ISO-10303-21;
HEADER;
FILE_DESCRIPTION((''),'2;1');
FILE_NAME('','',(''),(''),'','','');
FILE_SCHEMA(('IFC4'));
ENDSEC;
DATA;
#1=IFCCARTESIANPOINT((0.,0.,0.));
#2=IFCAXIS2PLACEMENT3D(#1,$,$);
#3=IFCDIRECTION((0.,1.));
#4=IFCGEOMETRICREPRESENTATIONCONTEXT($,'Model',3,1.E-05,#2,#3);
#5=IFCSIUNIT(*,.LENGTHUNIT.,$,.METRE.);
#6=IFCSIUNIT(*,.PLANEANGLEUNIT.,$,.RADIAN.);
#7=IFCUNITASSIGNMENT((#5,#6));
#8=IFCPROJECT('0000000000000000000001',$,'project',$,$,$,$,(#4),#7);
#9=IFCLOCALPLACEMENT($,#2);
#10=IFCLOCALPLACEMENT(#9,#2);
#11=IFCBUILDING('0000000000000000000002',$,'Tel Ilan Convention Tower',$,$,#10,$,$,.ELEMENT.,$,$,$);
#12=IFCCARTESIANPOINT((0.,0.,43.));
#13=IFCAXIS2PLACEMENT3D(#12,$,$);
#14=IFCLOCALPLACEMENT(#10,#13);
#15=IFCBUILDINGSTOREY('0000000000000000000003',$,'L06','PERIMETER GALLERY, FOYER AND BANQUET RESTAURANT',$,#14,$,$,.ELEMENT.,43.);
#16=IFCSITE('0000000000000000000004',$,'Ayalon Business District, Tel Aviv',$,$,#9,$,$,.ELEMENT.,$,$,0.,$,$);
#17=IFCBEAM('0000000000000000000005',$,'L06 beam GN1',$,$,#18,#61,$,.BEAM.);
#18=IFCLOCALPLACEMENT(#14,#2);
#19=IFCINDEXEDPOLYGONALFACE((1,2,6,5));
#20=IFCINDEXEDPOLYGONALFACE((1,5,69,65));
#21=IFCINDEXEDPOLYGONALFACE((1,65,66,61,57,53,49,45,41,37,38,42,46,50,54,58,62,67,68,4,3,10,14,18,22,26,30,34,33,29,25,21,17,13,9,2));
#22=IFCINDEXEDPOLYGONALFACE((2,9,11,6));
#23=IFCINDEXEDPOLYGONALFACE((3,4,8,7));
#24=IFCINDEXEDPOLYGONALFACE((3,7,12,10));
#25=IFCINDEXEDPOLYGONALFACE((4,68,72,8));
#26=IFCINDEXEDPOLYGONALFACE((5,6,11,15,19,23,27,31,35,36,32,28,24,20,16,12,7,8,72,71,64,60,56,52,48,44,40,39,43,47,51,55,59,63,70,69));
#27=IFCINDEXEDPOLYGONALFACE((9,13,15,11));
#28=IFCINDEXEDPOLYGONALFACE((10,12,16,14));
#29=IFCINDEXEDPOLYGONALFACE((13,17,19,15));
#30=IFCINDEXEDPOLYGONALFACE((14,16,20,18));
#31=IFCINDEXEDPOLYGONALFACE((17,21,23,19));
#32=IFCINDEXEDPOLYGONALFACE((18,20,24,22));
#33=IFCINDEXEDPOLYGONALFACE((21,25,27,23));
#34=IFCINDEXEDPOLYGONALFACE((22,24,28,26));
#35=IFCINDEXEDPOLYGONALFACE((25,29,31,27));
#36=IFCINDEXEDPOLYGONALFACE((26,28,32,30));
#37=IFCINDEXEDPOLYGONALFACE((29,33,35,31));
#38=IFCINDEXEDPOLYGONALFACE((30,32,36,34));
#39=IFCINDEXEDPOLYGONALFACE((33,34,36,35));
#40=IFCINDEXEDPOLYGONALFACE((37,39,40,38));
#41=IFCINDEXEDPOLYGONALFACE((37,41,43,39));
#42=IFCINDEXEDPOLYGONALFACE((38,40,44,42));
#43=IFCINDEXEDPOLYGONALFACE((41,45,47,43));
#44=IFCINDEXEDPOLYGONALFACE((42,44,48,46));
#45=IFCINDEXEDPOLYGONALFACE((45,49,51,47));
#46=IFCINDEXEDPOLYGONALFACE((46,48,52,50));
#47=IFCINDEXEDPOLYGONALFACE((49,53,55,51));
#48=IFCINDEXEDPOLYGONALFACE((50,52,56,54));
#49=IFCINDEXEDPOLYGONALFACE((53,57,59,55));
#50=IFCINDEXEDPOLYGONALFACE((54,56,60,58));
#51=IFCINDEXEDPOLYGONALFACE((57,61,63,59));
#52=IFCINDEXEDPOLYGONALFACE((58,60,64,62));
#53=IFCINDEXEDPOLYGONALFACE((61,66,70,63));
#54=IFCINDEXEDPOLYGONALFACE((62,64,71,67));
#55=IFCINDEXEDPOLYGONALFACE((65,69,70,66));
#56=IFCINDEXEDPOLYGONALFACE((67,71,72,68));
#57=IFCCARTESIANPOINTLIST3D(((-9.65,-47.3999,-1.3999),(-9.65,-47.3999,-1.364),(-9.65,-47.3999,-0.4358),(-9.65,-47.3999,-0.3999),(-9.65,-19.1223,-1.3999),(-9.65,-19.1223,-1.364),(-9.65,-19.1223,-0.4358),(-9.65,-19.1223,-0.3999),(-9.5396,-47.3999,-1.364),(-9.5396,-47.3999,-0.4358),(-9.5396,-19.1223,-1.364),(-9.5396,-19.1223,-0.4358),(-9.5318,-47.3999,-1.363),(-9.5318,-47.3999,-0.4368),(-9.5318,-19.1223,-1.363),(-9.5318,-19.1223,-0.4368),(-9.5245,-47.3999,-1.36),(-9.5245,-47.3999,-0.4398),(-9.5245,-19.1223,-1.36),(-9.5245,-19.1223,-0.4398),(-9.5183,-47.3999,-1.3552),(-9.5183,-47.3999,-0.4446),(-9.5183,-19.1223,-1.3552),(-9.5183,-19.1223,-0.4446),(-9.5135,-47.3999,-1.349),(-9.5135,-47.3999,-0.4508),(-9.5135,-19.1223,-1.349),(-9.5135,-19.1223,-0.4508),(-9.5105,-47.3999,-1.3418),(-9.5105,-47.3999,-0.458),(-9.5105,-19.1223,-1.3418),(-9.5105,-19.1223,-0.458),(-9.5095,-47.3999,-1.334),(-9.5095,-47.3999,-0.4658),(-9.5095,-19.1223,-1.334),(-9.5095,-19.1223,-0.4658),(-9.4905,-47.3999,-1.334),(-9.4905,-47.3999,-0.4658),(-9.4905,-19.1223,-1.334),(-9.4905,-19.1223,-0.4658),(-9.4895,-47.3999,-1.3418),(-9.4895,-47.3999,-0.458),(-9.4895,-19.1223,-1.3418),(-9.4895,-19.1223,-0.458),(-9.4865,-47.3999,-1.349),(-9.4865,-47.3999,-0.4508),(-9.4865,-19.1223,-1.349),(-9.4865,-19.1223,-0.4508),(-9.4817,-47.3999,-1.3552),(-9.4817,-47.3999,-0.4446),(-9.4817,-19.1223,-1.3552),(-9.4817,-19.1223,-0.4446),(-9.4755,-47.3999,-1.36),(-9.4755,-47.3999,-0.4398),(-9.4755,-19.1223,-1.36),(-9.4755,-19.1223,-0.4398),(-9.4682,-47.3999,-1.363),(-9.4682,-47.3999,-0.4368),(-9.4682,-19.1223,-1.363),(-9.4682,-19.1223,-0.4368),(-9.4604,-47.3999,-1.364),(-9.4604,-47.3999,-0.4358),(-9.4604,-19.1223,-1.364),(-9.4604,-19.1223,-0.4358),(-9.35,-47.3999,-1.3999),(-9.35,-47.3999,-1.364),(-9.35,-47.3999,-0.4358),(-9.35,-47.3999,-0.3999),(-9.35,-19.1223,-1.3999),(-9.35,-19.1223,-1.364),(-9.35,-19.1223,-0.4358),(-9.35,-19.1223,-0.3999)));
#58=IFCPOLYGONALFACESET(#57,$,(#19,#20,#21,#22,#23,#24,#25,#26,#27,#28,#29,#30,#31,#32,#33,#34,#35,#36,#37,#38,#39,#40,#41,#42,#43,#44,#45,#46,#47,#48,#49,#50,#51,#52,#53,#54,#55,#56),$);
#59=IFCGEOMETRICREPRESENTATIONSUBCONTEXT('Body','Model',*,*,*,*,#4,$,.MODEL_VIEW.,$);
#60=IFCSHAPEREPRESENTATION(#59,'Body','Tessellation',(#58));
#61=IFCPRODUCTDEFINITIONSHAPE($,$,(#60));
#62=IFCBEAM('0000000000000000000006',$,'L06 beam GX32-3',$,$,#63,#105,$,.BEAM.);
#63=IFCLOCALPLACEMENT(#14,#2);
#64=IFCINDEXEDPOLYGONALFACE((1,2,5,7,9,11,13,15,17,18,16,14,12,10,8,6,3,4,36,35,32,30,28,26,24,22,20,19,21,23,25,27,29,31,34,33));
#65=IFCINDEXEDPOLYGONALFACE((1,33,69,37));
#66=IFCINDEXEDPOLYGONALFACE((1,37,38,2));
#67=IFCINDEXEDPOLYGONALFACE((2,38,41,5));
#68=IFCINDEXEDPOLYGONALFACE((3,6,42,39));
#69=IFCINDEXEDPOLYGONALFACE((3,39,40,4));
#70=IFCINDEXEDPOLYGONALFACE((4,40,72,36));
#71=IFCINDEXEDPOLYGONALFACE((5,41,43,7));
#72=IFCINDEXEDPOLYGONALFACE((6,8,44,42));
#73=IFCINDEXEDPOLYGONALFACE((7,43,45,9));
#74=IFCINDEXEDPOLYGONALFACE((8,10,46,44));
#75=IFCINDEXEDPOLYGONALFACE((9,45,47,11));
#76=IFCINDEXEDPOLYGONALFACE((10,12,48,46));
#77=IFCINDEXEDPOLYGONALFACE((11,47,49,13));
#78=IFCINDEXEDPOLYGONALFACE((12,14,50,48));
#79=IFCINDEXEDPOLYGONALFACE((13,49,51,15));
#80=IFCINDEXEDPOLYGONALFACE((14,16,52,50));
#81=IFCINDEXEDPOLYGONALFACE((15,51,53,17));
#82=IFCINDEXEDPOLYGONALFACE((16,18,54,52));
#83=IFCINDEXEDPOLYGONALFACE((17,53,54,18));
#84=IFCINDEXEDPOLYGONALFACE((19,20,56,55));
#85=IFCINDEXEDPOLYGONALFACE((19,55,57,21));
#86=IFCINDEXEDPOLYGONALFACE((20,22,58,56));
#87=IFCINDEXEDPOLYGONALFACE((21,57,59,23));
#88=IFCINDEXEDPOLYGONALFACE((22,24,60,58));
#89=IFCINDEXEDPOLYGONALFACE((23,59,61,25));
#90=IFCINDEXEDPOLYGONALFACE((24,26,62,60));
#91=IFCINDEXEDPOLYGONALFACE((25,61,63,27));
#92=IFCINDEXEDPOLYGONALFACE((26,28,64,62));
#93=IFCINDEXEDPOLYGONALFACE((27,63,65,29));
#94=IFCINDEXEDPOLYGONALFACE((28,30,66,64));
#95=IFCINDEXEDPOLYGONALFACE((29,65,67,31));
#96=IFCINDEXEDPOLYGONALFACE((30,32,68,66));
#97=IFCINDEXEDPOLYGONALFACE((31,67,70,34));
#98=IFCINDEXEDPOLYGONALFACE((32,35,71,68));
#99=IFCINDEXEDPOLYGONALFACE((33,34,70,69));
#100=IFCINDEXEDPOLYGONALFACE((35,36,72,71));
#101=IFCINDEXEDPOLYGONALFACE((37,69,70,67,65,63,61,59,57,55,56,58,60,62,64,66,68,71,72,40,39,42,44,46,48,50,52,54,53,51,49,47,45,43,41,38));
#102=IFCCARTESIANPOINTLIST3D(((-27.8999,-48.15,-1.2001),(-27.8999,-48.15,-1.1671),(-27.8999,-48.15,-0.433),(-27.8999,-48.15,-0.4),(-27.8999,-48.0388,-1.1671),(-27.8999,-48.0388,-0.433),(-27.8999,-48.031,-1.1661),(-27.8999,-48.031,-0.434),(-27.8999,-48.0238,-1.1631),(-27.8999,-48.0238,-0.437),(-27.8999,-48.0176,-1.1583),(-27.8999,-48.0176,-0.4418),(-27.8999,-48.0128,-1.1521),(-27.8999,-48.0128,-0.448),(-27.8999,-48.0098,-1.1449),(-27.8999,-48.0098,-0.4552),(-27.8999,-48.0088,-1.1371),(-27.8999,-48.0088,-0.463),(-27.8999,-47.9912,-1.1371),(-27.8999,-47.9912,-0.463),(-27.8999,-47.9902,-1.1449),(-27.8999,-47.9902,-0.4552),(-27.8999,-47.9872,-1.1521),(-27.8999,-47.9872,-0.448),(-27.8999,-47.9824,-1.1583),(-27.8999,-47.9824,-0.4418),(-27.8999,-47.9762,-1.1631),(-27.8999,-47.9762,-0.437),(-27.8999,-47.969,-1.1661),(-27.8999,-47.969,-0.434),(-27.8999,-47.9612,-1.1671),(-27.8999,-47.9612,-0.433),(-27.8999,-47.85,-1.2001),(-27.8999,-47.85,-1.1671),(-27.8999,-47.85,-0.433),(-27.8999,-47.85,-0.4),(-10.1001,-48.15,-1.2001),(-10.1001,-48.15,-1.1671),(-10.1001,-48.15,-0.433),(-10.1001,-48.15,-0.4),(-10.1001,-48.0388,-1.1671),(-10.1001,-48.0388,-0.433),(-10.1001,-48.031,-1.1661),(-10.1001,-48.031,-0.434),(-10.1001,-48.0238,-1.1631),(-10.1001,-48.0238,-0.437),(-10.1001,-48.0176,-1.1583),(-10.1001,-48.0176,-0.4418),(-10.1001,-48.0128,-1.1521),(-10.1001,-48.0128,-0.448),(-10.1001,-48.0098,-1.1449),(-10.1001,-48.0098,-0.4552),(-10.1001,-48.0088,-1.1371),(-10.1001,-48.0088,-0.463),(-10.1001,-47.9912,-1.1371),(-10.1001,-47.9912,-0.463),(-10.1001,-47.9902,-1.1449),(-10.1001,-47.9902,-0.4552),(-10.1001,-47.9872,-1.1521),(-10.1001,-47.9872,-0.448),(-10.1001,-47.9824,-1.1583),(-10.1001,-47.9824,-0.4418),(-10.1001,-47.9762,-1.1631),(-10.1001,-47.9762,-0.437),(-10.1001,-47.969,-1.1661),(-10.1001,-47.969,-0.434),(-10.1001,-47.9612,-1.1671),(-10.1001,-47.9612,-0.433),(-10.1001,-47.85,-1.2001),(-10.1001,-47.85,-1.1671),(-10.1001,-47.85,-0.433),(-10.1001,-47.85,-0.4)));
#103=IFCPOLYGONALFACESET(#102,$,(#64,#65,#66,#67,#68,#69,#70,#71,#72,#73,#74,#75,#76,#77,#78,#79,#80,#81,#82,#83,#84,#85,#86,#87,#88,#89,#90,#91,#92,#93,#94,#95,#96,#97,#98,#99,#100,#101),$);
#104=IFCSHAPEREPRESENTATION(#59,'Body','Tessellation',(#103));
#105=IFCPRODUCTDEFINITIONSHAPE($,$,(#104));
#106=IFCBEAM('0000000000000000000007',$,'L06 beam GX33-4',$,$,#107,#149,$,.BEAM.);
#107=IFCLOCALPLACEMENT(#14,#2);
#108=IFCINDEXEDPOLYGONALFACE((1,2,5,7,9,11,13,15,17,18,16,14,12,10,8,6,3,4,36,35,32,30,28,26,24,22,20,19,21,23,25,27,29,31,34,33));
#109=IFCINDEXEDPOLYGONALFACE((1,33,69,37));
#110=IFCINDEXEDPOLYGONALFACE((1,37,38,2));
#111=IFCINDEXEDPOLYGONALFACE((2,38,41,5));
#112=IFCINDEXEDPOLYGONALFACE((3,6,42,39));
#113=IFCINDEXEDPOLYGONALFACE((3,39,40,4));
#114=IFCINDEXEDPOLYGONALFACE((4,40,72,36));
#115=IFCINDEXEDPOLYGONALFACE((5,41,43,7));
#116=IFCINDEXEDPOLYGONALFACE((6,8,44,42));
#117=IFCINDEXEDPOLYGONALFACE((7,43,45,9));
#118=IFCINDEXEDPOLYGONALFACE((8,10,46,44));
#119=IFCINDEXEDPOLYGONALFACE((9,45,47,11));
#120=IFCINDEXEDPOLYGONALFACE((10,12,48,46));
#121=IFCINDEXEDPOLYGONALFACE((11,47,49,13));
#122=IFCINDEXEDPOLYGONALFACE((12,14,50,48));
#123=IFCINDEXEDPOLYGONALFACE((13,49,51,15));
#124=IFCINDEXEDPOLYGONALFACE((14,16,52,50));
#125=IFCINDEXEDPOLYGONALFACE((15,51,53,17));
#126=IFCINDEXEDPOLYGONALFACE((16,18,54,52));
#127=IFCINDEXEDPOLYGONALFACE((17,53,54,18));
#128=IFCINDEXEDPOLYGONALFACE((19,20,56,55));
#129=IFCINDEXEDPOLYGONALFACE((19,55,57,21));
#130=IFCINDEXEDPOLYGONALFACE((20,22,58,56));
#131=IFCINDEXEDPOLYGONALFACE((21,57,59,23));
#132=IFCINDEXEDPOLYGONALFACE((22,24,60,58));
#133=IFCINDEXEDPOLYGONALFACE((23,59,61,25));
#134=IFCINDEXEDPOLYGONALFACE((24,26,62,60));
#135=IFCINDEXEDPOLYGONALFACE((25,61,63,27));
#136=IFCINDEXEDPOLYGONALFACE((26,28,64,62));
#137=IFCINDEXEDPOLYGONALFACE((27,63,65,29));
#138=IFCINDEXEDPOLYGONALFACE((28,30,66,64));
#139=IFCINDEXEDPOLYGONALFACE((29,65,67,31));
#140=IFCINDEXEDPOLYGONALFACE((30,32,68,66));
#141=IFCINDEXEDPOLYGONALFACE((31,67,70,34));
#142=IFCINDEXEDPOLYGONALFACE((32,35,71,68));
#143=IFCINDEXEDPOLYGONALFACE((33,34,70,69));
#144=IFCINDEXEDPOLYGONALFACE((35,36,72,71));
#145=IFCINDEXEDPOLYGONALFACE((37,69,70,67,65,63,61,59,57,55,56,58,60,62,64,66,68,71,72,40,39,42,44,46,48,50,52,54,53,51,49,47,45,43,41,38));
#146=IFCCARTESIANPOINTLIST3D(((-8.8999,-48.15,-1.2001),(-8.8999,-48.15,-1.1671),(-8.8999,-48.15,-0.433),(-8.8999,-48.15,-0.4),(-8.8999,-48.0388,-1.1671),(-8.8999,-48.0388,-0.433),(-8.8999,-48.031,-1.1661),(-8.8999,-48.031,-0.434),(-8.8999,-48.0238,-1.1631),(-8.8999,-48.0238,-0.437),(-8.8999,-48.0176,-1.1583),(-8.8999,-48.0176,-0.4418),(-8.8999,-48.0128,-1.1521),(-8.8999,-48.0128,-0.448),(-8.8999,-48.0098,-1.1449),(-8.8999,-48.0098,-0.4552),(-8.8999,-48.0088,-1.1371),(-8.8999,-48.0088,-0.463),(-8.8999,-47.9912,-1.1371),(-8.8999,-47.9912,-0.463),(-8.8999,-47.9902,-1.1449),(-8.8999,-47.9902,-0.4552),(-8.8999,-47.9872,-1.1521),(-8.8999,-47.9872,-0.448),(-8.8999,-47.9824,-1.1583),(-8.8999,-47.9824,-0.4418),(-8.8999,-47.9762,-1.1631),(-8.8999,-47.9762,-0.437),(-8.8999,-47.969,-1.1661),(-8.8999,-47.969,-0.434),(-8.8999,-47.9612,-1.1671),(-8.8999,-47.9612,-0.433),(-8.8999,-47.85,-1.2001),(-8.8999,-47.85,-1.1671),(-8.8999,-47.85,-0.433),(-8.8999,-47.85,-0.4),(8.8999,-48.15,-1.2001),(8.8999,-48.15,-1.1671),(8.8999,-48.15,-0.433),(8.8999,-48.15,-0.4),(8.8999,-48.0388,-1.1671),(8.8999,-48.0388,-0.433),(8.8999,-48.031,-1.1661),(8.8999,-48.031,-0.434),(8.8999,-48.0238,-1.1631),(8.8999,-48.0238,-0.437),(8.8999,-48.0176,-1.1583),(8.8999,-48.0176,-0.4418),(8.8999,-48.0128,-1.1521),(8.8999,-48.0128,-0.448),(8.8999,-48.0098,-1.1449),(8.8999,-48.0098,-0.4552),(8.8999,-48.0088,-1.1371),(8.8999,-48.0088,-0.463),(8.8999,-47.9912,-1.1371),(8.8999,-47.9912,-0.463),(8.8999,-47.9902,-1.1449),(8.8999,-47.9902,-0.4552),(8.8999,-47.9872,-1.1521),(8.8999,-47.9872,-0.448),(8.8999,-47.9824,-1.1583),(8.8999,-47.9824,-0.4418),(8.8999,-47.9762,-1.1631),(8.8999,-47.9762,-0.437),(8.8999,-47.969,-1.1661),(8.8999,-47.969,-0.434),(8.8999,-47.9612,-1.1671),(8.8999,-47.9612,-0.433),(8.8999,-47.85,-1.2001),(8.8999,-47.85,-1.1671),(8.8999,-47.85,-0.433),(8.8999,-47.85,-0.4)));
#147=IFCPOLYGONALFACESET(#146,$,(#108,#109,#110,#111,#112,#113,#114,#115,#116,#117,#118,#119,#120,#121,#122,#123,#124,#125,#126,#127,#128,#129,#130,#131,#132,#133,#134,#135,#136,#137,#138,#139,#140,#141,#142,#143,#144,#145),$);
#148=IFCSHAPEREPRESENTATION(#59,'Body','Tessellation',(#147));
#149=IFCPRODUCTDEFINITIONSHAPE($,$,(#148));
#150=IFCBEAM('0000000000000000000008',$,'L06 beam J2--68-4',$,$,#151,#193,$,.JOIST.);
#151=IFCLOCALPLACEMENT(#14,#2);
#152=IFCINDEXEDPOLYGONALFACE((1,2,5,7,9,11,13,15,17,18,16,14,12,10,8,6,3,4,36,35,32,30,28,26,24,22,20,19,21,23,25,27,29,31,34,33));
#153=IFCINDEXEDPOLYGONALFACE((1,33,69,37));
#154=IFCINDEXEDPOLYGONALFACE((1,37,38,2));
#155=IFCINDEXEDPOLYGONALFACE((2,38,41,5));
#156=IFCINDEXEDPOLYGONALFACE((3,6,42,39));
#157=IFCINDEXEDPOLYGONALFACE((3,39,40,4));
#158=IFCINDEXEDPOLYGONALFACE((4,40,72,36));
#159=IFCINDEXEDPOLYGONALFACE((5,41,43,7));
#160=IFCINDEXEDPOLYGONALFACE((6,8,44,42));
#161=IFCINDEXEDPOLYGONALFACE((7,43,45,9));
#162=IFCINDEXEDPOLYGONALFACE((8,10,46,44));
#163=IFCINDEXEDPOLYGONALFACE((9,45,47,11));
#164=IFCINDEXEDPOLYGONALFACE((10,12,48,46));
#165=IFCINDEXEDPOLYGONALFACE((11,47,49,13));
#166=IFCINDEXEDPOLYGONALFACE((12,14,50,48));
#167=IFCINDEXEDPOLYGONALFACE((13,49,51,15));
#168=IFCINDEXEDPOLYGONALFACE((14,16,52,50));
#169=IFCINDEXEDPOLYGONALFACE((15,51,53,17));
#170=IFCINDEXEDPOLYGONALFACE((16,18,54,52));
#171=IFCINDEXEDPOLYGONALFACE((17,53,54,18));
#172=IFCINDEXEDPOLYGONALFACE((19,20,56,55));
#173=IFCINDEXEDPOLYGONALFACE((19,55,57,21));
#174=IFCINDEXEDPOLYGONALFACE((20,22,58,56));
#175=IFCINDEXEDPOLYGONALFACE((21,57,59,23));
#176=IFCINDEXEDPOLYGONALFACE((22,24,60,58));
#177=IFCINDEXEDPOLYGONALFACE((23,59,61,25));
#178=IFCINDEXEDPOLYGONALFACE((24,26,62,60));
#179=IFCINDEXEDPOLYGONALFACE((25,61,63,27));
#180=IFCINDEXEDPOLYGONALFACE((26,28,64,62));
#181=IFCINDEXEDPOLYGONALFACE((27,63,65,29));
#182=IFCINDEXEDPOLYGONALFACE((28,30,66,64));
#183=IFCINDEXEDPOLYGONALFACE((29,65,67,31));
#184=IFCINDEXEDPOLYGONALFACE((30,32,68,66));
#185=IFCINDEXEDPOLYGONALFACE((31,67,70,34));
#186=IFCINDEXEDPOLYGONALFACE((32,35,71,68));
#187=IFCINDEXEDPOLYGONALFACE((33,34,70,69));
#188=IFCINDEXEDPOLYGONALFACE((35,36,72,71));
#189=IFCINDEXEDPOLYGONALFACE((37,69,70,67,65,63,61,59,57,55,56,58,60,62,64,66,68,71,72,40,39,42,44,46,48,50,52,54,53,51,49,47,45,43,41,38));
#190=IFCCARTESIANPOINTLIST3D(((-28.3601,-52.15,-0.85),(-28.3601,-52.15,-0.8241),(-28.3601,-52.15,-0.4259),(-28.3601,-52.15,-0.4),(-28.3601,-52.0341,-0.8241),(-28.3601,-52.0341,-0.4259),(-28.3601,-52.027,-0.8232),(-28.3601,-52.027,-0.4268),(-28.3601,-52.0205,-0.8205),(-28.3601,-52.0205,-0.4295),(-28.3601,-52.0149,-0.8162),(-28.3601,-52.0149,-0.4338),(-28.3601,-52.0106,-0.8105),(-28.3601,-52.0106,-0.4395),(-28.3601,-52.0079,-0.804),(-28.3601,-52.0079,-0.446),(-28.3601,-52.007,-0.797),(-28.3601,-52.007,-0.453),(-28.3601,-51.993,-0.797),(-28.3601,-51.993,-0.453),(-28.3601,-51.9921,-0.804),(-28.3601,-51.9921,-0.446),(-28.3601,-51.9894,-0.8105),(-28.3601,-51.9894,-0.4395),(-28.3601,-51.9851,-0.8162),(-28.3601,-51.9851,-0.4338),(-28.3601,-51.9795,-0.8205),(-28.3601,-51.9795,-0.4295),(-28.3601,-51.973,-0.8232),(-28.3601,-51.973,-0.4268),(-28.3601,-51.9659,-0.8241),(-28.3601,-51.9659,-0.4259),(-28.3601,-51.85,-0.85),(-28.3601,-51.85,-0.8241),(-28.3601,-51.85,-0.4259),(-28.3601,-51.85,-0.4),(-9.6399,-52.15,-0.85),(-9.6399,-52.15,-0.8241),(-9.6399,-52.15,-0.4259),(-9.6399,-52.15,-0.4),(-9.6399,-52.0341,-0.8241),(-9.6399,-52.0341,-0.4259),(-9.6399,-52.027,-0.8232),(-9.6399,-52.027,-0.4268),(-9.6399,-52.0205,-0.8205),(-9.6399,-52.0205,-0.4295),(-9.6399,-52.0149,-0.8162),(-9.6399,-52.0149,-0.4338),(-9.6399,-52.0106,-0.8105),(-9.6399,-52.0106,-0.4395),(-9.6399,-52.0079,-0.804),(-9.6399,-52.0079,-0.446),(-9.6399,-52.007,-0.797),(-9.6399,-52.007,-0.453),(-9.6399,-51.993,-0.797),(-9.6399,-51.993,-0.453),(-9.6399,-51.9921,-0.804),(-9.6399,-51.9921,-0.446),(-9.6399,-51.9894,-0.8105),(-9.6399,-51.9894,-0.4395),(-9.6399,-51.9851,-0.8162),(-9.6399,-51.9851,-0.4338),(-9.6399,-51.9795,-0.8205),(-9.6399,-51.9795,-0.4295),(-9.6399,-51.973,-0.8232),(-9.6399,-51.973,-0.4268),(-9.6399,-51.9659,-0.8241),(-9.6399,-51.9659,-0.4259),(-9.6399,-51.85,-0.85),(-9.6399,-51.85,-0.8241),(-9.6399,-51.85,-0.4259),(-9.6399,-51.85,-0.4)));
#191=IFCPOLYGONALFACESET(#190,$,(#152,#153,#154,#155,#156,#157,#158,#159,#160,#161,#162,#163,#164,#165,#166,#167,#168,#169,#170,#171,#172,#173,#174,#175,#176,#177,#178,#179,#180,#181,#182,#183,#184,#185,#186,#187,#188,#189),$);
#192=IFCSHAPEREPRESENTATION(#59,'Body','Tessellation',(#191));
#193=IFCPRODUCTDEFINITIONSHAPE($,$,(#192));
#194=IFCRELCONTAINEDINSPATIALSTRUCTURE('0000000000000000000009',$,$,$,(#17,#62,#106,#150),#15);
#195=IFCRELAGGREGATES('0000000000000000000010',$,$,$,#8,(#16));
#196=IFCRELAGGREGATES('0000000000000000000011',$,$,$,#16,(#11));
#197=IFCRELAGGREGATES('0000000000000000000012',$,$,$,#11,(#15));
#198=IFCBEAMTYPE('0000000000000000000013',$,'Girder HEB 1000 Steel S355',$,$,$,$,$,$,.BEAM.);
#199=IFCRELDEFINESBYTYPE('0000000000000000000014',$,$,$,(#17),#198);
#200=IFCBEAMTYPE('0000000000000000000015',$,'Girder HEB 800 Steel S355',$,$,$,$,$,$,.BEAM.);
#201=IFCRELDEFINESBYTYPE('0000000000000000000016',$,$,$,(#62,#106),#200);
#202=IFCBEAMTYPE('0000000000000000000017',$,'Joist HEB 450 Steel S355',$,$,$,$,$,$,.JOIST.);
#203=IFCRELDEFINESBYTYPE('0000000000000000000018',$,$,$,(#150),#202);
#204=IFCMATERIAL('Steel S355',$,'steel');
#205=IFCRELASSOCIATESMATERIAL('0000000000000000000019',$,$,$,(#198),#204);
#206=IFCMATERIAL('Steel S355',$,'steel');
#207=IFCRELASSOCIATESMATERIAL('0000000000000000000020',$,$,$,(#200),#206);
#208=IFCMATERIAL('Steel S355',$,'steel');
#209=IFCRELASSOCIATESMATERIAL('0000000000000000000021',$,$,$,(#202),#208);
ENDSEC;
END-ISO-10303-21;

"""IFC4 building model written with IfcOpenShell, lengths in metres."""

from ifc_helpers import new_model, si_unit, direction, frame, origin, origin_2d, place, context, subcontext, project, spatial, i_section, extrude, material, material_profile, profile_set, type_object, element, save


model = new_model("IFC4")

# Units and contexts
model_context = context("Model", 3, precision=1e-05, world=origin(), true_north=direction((0.0, 1.0)))
body_context = subcontext(model_context, "Body", "Model", "MODEL_VIEW")
ifc_project = project(units=[si_unit("LENGTHUNIT", "METRE"), si_unit("PLANEANGLEUNIT", "RADIAN")], contexts=[model_context])

# Site, building, storey
site_placement = place(None, origin())
site = spatial("IfcSite", under=ifc_project, at=site_placement, Name="Ayalon Business District, Tel Aviv", CompositionType="ELEMENT", RefElevation=0.0)
building_placement = place(site_placement, origin())
building = spatial("IfcBuilding", under=site, at=building_placement, Name="Tel Ilan Convention Tower", CompositionType="ELEMENT")
storey_placement = place(building_placement, frame((0.0, 0.0, 43.0)))
storey = spatial("IfcBuildingStorey", under=building, at=storey_placement, Name="L06", Description="PERIMETER GALLERY, FOYER AND BANQUET RESTAURANT", CompositionType="ELEMENT", Elevation=43.0)

# Beams
ifc_material_1 = material(Name="Steel S355", Category="steel")
ifc_material_profile_1 = material_profile(ifc_material_1, i_section(OverallWidth=0.3, OverallDepth=1.0, WebThickness=0.019, FlangeThickness=0.0359, FilletRadius=0.03, at=origin_2d()), Name="HEB 1000")
ifc_profile_set_1 = profile_set([ifc_material_profile_1], Name="Steel S355")
beam_type_1 = type_object("IfcBeamType", Name="Girder HEB 1000 Steel S355", PredefinedType="BEAM", material=ifc_profile_set_1)
beam_1_placement = place(storey_placement, frame((-9.5, -47.3999, -0.8999), z_axis=(0.0, 1.0, 0.0), x_axis=(-1.0, 0.0, 0.0)))
element("IfcBeam", 1, at=beam_1_placement, inside=storey, type_object=beam_type_1, Name="L06 beam GN1", PredefinedType="BEAM", context=body_context, shape_type="SweptSolid", body=[
    extrude(i_section(OverallWidth=0.3, OverallDepth=1.0, WebThickness=0.019, FlangeThickness=0.0359, FilletRadius=0.03, at=origin_2d()), origin(), (0.0, 0.0, 1.0), 28.2776),
])
ifc_material_2 = material(Name="Steel S355", Category="steel")
ifc_material_profile_2 = material_profile(ifc_material_2, i_section(OverallWidth=0.3, OverallDepth=0.8, WebThickness=0.0176, FlangeThickness=0.033, FilletRadius=0.03, at=origin_2d()), Name="HEB 800")
ifc_profile_set_2 = profile_set([ifc_material_profile_2], Name="Steel S355")
beam_type_2 = type_object("IfcBeamType", Name="Girder HEB 800 Steel S355", PredefinedType="BEAM", material=ifc_profile_set_2)
for number, where, z_axis, x_axis, name in (
    (2, (-27.8999, -48.0, -0.8), (1.0, 0.0, 0.0), (0.0, 1.0, 0.0), "L06 beam GX32-3"),
    (3, (-8.8999, -48.0, -0.8), (1.0, 0.0, 0.0), (0.0, 1.0, 0.0), "L06 beam GX33-4"),
):
    element("IfcBeam", number, at=place(storey_placement, frame(where, z_axis=z_axis, x_axis=x_axis)), inside=storey, type_object=beam_type_2, Name=name, PredefinedType="BEAM", context=body_context, shape_type="SweptSolid", body=[
        extrude(i_section(OverallWidth=0.3, OverallDepth=0.8, WebThickness=0.0176, FlangeThickness=0.033, FilletRadius=0.03, at=origin_2d()), origin(), (0.0, 0.0, 1.0), 17.7998),
    ])
ifc_material_3 = material(Name="Steel S355", Category="steel")
ifc_material_profile_3 = material_profile(ifc_material_3, i_section(OverallWidth=0.3, OverallDepth=0.45, WebThickness=0.0139, FlangeThickness=0.0259, FilletRadius=0.0271, at=origin_2d()), Name="HEB 450")
ifc_profile_set_3 = profile_set([ifc_material_profile_3], Name="Steel S355")
beam_type_3 = type_object("IfcBeamType", Name="Joist HEB 450 Steel S355", PredefinedType="JOIST", material=ifc_profile_set_3)
for number, where, z_axis, x_axis, name in (
    (4, (-28.3601, -52.0, -0.625), (1.0, 0.0, 0.0), (0.0, 1.0, 0.0), "L06 beam J2--68-4"),
):
    element("IfcBeam", number, at=place(storey_placement, frame(where, z_axis=z_axis, x_axis=x_axis)), inside=storey, type_object=beam_type_3, Name=name, PredefinedType="JOIST", context=body_context, shape_type="SweptSolid", body=[
        extrude(i_section(OverallWidth=0.3, OverallDepth=0.45, WebThickness=0.0139, FlangeThickness=0.0259, FilletRadius=0.0271, at=origin_2d()), origin(), (0.0, 0.0, 1.0), 18.7202),
    ])

save(model, "model.ifc")
